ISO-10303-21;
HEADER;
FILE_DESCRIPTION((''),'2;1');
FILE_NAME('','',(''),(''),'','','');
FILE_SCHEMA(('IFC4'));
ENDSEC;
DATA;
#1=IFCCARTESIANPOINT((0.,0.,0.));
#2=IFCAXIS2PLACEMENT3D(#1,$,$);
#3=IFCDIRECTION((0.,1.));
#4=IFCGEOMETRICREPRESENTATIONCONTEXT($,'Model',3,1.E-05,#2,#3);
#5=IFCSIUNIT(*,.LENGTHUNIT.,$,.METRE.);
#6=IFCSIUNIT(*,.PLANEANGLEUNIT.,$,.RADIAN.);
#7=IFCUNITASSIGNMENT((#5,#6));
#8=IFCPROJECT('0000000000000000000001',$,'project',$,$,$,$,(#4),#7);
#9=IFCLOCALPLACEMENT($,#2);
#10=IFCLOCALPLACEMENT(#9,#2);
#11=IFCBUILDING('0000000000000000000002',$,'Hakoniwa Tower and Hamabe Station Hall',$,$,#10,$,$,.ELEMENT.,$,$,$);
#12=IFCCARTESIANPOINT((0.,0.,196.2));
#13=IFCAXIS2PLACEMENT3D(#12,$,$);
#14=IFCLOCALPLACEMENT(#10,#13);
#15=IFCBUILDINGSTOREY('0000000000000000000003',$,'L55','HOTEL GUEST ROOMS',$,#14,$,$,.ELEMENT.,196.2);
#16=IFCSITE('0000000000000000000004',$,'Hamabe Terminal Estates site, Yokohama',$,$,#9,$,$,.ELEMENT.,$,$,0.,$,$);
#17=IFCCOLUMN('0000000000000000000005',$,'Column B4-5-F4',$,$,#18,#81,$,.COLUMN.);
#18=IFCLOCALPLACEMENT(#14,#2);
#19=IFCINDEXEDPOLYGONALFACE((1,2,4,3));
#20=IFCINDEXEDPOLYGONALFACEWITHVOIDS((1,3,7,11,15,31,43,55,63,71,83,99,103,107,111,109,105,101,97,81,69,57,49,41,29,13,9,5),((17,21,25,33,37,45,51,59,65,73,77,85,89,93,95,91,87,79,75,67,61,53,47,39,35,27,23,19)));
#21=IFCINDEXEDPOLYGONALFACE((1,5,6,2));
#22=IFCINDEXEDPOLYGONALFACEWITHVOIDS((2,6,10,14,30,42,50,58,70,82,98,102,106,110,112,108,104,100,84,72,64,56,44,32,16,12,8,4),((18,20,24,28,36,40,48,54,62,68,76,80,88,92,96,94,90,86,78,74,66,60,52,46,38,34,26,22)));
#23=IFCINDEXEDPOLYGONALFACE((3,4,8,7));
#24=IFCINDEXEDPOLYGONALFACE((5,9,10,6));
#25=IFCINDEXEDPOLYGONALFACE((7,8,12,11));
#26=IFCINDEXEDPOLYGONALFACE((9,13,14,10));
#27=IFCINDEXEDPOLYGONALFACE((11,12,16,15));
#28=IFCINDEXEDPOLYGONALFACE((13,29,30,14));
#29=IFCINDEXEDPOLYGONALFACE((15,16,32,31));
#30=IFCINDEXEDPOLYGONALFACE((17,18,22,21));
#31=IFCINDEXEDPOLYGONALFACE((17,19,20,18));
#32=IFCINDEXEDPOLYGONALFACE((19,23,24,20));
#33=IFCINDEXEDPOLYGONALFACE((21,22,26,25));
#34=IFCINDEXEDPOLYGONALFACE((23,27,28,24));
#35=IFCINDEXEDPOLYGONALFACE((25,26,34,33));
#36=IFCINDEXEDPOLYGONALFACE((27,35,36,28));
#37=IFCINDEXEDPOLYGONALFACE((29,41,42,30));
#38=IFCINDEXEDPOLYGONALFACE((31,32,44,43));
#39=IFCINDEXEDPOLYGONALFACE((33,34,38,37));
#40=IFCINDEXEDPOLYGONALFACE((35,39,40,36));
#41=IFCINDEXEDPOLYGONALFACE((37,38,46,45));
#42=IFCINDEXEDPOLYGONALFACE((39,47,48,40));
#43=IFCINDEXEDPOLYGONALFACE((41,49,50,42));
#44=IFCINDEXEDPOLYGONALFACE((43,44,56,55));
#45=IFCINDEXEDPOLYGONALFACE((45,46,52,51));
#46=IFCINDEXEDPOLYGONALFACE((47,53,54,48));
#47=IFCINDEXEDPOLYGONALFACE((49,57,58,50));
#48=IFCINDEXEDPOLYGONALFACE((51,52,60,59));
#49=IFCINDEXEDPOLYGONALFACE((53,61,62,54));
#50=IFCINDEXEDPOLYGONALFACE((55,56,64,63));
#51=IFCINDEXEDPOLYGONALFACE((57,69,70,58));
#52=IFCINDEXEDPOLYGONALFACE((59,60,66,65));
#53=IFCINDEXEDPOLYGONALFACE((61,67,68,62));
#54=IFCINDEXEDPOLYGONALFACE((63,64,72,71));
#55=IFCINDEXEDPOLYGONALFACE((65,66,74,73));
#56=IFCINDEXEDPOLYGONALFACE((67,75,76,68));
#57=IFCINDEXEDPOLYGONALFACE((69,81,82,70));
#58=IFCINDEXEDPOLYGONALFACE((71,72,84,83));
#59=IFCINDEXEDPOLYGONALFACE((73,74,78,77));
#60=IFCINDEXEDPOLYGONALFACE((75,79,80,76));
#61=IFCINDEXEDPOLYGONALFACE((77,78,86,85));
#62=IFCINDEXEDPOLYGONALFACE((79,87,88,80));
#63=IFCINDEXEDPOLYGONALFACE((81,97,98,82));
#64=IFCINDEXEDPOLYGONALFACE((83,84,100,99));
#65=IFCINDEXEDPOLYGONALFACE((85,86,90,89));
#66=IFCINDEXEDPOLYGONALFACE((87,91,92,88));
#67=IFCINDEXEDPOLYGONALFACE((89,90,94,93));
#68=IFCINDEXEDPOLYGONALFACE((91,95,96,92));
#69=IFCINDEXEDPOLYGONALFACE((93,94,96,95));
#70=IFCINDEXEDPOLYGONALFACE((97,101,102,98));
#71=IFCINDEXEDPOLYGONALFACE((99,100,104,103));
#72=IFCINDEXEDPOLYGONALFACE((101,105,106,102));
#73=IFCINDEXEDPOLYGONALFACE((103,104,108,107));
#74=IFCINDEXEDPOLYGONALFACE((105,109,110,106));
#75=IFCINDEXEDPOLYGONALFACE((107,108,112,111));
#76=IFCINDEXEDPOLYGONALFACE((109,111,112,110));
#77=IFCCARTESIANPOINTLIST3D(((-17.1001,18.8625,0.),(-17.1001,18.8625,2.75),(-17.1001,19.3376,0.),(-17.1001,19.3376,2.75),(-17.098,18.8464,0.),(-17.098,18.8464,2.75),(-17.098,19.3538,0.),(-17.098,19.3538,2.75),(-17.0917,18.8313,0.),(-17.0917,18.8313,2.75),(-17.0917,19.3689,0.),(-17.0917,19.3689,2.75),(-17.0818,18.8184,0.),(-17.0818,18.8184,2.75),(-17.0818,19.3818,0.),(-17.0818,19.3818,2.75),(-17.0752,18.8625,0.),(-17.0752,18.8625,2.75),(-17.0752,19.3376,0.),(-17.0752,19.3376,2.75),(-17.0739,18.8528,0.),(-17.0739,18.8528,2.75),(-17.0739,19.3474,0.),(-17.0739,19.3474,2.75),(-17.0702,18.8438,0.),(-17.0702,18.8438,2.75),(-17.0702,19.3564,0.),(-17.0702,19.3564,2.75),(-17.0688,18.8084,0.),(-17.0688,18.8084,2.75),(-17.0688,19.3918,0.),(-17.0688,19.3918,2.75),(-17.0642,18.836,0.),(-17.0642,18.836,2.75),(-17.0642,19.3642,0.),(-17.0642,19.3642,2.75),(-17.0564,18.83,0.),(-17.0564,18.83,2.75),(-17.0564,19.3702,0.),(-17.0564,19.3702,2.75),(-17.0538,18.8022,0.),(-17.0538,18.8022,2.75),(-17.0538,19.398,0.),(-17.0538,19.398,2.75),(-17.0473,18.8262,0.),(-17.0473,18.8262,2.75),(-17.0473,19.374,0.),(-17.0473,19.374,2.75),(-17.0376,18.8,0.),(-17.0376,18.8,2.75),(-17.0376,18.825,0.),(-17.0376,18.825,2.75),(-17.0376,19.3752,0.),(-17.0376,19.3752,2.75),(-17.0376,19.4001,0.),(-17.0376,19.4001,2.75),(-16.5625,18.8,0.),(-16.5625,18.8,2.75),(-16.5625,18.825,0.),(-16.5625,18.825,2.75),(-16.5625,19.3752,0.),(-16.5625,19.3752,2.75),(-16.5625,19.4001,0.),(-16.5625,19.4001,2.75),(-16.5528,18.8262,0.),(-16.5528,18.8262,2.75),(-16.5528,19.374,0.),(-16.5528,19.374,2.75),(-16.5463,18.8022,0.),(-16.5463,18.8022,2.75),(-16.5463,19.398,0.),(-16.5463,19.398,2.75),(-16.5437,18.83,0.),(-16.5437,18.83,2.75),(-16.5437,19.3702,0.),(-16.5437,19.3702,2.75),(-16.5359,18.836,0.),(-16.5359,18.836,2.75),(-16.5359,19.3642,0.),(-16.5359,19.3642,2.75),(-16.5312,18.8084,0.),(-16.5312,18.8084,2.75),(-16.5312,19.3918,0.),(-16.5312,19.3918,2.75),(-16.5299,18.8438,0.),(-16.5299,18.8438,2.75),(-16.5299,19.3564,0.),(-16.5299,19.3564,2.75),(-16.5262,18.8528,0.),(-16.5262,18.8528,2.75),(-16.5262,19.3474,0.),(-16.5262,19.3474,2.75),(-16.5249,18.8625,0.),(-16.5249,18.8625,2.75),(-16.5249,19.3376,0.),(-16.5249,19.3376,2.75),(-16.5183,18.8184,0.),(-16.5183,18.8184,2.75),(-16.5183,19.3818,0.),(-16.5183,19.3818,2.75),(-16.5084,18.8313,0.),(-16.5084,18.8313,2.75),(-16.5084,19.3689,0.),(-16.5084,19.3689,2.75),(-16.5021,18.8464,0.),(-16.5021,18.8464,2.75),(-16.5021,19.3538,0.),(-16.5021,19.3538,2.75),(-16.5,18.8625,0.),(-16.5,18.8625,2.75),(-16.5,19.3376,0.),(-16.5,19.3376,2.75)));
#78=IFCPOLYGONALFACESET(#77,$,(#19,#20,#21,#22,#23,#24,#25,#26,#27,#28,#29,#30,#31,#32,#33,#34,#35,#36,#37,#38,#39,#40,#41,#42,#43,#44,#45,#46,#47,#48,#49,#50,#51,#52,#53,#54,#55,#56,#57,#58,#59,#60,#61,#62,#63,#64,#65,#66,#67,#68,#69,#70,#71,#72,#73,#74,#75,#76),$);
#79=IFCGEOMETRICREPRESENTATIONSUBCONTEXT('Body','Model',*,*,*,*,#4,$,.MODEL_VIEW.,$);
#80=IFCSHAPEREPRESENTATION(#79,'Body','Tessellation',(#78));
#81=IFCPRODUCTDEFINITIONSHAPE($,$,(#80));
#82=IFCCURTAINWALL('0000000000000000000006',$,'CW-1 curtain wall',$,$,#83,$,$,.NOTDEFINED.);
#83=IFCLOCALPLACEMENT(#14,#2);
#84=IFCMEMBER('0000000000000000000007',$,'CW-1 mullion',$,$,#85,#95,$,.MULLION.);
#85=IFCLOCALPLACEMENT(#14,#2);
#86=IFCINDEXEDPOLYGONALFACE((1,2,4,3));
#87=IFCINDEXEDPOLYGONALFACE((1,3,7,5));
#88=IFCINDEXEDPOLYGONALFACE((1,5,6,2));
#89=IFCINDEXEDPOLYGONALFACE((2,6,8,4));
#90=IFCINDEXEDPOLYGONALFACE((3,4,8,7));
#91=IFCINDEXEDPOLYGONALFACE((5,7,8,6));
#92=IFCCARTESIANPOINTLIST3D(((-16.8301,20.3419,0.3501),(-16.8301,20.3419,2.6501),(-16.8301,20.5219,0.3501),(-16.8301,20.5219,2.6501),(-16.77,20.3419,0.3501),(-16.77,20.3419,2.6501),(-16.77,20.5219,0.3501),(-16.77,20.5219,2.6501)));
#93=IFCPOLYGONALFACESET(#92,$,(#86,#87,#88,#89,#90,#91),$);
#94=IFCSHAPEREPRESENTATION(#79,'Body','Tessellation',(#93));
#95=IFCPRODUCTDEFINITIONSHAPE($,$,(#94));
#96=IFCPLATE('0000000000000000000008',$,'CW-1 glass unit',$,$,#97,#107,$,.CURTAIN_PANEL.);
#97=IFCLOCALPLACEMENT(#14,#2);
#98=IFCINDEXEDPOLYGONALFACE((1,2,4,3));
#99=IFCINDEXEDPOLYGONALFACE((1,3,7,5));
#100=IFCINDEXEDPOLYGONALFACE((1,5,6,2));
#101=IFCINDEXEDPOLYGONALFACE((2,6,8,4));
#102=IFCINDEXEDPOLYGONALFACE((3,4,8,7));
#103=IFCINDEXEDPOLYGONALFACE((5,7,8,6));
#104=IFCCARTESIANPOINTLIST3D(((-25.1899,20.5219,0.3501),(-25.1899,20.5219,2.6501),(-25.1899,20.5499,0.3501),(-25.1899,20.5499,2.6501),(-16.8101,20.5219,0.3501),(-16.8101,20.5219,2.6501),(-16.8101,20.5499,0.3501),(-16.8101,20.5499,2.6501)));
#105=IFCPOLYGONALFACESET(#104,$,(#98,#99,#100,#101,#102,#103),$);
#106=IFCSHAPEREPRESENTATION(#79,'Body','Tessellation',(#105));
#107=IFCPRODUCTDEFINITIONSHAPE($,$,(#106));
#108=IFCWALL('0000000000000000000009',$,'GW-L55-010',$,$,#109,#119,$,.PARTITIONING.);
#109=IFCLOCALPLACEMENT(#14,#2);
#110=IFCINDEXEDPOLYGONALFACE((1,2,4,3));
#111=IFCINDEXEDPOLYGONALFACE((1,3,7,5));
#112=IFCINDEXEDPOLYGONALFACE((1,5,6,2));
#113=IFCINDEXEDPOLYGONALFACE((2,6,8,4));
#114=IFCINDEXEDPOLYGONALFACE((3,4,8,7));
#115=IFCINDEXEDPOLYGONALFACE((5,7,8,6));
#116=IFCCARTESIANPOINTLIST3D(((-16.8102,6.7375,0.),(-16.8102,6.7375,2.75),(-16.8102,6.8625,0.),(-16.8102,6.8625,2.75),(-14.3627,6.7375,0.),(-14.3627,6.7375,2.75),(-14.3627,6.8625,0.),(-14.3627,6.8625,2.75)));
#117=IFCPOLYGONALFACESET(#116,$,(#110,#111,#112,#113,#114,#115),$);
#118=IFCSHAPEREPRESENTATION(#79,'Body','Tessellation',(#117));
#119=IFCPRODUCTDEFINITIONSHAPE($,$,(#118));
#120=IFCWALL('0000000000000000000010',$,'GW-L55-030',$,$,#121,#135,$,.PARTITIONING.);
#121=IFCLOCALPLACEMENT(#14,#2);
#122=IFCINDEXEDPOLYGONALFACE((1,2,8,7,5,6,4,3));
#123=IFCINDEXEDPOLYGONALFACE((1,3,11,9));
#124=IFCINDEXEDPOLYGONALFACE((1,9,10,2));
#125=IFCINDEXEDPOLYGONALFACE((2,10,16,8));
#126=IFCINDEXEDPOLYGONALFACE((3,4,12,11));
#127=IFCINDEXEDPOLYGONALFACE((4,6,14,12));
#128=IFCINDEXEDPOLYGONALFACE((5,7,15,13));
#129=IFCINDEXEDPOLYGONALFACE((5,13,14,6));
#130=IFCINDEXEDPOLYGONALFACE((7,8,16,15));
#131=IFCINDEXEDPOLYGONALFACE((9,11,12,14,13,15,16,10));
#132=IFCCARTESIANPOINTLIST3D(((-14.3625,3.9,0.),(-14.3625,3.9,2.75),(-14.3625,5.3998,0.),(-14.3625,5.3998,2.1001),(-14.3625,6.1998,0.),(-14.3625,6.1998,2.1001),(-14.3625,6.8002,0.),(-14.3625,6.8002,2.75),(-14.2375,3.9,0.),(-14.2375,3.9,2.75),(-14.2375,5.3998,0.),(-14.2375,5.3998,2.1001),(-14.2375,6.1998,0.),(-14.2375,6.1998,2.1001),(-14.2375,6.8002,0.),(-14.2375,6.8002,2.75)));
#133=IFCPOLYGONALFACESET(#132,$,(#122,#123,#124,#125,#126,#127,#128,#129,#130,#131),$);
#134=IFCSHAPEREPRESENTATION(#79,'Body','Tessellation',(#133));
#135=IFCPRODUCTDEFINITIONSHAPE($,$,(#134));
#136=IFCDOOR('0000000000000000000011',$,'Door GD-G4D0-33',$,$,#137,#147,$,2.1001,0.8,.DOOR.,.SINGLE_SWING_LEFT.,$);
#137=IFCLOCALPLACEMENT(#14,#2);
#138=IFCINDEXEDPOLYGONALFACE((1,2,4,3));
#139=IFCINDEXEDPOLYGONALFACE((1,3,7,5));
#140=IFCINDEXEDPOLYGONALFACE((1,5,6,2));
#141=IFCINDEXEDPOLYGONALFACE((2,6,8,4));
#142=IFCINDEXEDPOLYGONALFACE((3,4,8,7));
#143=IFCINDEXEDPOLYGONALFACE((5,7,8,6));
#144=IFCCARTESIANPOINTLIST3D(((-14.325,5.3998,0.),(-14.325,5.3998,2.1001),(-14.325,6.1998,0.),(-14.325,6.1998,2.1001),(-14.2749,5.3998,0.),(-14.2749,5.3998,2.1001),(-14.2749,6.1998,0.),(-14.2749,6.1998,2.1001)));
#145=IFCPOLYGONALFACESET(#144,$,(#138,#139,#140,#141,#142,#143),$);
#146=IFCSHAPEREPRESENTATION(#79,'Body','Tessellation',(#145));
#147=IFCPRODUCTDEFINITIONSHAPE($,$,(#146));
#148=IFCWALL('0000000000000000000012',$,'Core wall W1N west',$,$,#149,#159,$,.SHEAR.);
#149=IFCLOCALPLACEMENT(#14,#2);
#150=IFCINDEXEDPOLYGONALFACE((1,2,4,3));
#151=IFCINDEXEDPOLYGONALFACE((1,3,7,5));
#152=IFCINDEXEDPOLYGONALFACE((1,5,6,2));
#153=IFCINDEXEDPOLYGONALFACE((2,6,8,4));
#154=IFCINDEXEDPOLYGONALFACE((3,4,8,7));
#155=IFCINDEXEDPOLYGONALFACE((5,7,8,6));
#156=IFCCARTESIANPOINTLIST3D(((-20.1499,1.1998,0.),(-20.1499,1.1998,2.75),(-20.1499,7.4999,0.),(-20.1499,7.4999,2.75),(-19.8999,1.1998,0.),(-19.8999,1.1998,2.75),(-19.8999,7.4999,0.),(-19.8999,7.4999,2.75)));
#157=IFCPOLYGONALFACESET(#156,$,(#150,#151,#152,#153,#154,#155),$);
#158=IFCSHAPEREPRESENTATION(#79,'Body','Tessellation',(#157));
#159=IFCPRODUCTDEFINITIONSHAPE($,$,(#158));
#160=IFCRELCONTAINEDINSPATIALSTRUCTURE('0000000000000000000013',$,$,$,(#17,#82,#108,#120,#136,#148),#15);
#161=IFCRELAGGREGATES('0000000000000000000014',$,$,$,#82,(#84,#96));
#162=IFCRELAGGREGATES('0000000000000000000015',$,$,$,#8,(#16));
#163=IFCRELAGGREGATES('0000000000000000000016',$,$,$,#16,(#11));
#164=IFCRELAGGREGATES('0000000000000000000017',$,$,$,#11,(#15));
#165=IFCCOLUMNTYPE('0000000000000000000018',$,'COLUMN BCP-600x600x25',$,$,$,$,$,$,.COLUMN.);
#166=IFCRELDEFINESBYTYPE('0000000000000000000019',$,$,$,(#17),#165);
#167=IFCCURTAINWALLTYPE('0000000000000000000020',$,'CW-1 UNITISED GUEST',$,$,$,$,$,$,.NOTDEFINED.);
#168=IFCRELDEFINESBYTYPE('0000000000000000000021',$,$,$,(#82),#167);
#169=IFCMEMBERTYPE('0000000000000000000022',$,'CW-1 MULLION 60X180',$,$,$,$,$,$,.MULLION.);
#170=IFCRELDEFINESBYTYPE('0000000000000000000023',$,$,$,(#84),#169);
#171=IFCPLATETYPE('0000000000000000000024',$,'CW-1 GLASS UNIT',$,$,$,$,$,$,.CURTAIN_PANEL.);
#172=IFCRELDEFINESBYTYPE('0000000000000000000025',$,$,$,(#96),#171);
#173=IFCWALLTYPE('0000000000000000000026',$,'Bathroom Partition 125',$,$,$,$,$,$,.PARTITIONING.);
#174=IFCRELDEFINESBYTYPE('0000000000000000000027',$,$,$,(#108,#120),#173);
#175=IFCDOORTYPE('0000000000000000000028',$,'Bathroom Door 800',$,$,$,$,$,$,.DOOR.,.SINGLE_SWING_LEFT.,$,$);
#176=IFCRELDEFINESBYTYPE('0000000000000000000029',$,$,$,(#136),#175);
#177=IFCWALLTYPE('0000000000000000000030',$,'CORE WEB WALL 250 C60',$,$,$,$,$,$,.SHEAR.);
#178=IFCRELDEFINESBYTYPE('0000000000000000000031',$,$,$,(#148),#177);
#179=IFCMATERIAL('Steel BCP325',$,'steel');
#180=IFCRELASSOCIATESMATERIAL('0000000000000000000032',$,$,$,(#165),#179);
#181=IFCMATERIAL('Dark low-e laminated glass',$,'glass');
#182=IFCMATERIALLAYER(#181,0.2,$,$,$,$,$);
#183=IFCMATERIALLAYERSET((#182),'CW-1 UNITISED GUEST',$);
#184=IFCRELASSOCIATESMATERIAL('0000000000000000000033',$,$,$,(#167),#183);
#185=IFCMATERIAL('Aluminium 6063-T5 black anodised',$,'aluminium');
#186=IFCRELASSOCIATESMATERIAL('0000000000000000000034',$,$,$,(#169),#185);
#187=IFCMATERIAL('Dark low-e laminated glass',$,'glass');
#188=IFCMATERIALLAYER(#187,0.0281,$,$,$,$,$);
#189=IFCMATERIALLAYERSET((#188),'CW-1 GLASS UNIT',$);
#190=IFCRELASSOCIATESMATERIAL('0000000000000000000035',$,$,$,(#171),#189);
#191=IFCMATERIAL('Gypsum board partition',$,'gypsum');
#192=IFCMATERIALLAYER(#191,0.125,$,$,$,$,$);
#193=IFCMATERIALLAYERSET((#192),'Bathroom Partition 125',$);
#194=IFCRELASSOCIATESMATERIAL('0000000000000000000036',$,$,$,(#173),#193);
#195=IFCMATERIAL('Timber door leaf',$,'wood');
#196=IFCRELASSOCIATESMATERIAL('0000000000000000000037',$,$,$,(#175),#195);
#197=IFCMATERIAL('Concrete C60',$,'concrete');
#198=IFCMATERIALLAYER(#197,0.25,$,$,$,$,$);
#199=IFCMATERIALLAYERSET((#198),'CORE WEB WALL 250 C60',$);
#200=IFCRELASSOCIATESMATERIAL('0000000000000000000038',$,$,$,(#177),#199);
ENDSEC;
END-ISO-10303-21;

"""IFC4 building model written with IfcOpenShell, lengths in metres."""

from ifc_helpers import new_model, si_unit, direction, frame, frame_2d, origin, origin_2d, place, context, subcontext, project, spatial, rectangle, hollow_rectangle, extrude, material, layer, layer_set, material_profile, profile_set, type_object, element, fill, aggregate, save


model = new_model("IFC4")

# Units and contexts
model_context = context("Model", 3, precision=1e-05, world=origin(), true_north=direction((0.0, 1.0)))
body_context = subcontext(model_context, "Body", "Model", "MODEL_VIEW")
ifc_project = project(units=[si_unit("LENGTHUNIT", "METRE"), si_unit("PLANEANGLEUNIT", "RADIAN")], contexts=[model_context])

# Site, building, storey
site_placement = place(None, origin())
site = spatial("IfcSite", under=ifc_project, at=site_placement, Name="Hamabe Terminal Estates site, Yokohama", CompositionType="ELEMENT", RefElevation=0.0)
building_placement = place(site_placement, origin())
building = spatial("IfcBuilding", under=site, at=building_placement, Name="Hakoniwa Tower and Hamabe Station Hall", CompositionType="ELEMENT")
storey_placement = place(building_placement, frame((0.0, 0.0, 196.2)))
storey = spatial("IfcBuildingStorey", under=building, at=storey_placement, Name="L55", Description="HOTEL GUEST ROOMS", CompositionType="ELEMENT", Elevation=196.2)

# Column
ifc_material_1 = material(Name="Steel BCP325", Category="steel")
ifc_material_profile_1 = material_profile(ifc_material_1, hollow_rectangle(XDim=0.6001, YDim=0.6001, WallThickness=0.0249, InnerFilletRadius=0.0376, OuterFilletRadius=0.0625, at=origin_2d()), Name="BCP-600x600x25")
ifc_profile_set_1 = profile_set([ifc_material_profile_1], Name="Steel BCP325")
column_type = type_object("IfcColumnType", Name="COLUMN BCP-600x600x25", PredefinedType="COLUMN", material=ifc_profile_set_1)
column_placement = place(storey_placement, frame((-16.8, 19.1001, 0.0), z_axis=(0.0, 0.0, 1.0), x_axis=(1.0, 0.0, 0.0)))
element("IfcColumn", 1, at=column_placement, inside=storey, type_object=column_type, Name="Column B4-5-F4", PredefinedType="COLUMN", context=body_context, shape_type="SweptSolid", body=[
    extrude(hollow_rectangle(XDim=0.6001, YDim=0.6001, WallThickness=0.0249, InnerFilletRadius=0.0376, OuterFilletRadius=0.0625, at=origin_2d()), origin(), (0.0, 0.0, 1.0), 2.75),
])

# Curtain wall, member, plate
ifc_material_2 = material(Name="Dark low-e laminated glass", Category="glass")
ifc_layer_1 = layer(ifc_material_2, 0.2)
ifc_layer_set_1 = layer_set([ifc_layer_1], Name="CW-1 UNITISED GUEST")
curtain_wall_type = type_object("IfcCurtainWallType", Name="CW-1 UNITISED GUEST", PredefinedType="NOTDEFINED", material=ifc_layer_set_1)
curtain_wall_placement = place(storey_placement, origin())
curtain_wall = element("IfcCurtainWall", 2, at=curtain_wall_placement, inside=storey, type_object=curtain_wall_type, Name="CW-1 curtain wall", PredefinedType="NOTDEFINED")
ifc_material_3 = material(Name="Aluminium 6063-T5 black anodised", Category="aluminium")
ifc_material_profile_2 = material_profile(ifc_material_3, rectangle(XDim=0.0601, YDim=0.1799, at=origin_2d()), Name="CW-1 MULLION 60X180")
ifc_profile_set_2 = profile_set([ifc_material_profile_2], Name="Aluminium 6063-T5 black anodised")
member_type = type_object("IfcMemberType", Name="CW-1 MULLION 60X180", PredefinedType="MULLION", material=ifc_profile_set_2)
member_placement = place(storey_placement, frame((-16.8, 20.4319, 0.3501), z_axis=(0.0, 0.0, 1.0), x_axis=(-1.0, 0.0, 0.0)))
member = element("IfcMember", 3, at=member_placement, type_object=member_type, Name="CW-1 mullion", PredefinedType="MULLION", context=body_context, shape_type="SweptSolid", body=[
    extrude(rectangle(XDim=0.0601, YDim=0.1799, at=origin_2d()), origin(), (0.0, 0.0, 1.0), 2.3),
])
ifc_material_4 = material(Name="Dark low-e laminated glass", Category="glass")
ifc_layer_2 = layer(ifc_material_4, 0.0281)
ifc_layer_set_2 = layer_set([ifc_layer_2], Name="CW-1 GLASS UNIT")
plate_type = type_object("IfcPlateType", Name="CW-1 GLASS UNIT", PredefinedType="CURTAIN_PANEL", material=ifc_layer_set_2)
plate_placement = place(storey_placement, frame((-21.0, 20.5359, 0.3501), z_axis=(0.0, 0.0, 1.0), x_axis=(-1.0, 0.0, 0.0)))
plate = element("IfcPlate", 4, at=plate_placement, type_object=plate_type, Name="CW-1 glass unit", PredefinedType="CURTAIN_PANEL", context=body_context, shape_type="SweptSolid", body=[
    extrude(rectangle(XDim=8.3799, YDim=0.0281, at=origin_2d()), origin(), (0.0, 0.0, 1.0), 2.3),
])
aggregate(curtain_wall, [member, plate])

# Wall
ifc_material_5 = material(Name="Gypsum board partition", Category="gypsum")
ifc_layer_3 = layer(ifc_material_5, 0.125)
ifc_layer_set_3 = layer_set([ifc_layer_3], Name="Bathroom Partition 125")
wall_type_1 = type_object("IfcWallType", Name="Bathroom Partition 125", PredefinedType="PARTITIONING", material=ifc_layer_set_3)
wall_1_placement = place(storey_placement, frame((-16.8101, 6.8, 0.0), z_axis=(0.0, 0.0, 1.0), x_axis=(1.0, 0.0, 0.0)))
element("IfcWall", 5, at=wall_1_placement, inside=storey, type_object=wall_type_1, Name="GW-L55-010", PredefinedType="PARTITIONING", context=body_context, shape_type="SweptSolid", body=[
    extrude(rectangle(XDim=2.4475, YDim=0.125, at=frame_2d((1.2236, 0.0))), origin(), (0.0, 0.0, 1.0), 2.75),
])

# Wall, opening, door
wall_2_placement = place(storey_placement, frame((-14.3, 3.8999, 0.0), z_axis=(0.0, 0.0, 1.0), x_axis=(0.0, 1.0, 0.0)))
wall_2 = element("IfcWall", 6, at=wall_2_placement, inside=storey, type_object=wall_type_1, Name="GW-L55-030", PredefinedType="PARTITIONING", context=body_context, shape_type="SweptSolid", body=[
    extrude(rectangle(XDim=2.9001, YDim=0.125, at=frame_2d((1.4502, 0.0))), origin(), (0.0, 0.0, 1.0), 2.75),
])
opening_1_placement = place(wall_2_placement, frame((1.5, 0.0, 0.0)))
opening_1 = element("IfcOpeningElement", 7, at=opening_1_placement, cuts=wall_2, PredefinedType="OPENING", context=body_context, shape_type="SweptSolid", body=[
    extrude(rectangle(XDim=0.8, YDim=2.1001, at=frame_2d((0.3999, 1.05))), frame((0.0, 0.0725, 0.0), z_axis=(0.0, -1.0, 0.0), x_axis=(1.0, 0.0, 0.0)), (0.0, 0.0, 1.0), 0.145),
])
ifc_material_6 = material(Name="Timber door leaf", Category="wood")
door_type_1 = type_object("IfcDoorType", Name="Bathroom Door 800", OperationType="SINGLE_SWING_LEFT", PredefinedType="DOOR", material=ifc_material_6)
door_1_placement = place(opening_1_placement, origin())
door_1 = element("IfcDoor", 8, at=door_1_placement, inside=storey, type_object=door_type_1, Name="Door GD-G4D0-33", OperationType="SINGLE_SWING_LEFT", OverallHeight=2.1001, OverallWidth=0.8, PredefinedType="DOOR", context=body_context, shape_type="SweptSolid", body=[
    extrude(rectangle(XDim=0.8, YDim=2.1001, at=frame_2d((0.3999, 1.05))), frame((0.0, 0.0249, 0.0), z_axis=(0.0, -1.0, 0.0), x_axis=(1.0, 0.0, 0.0)), (0.0, 0.0, 1.0), 0.05),
])
fill(opening_1, door_1)

# Wall
ifc_material_7 = material(Name="Concrete C60", Category="concrete")
ifc_layer_4 = layer(ifc_material_7, 0.25)
ifc_layer_set_4 = layer_set([ifc_layer_4], Name="CORE WEB WALL 250 C60")
wall_type_2 = type_object("IfcWallType", Name="CORE WEB WALL 250 C60", PredefinedType="SHEAR", material=ifc_layer_set_4)
wall_3_placement = place(storey_placement, frame((-20.0249, 1.2, 0.0), z_axis=(0.0, 0.0, 1.0), x_axis=(0.0, 1.0, 0.0)))
element("IfcWall", 9, at=wall_3_placement, inside=storey, type_object=wall_type_2, Name="Core wall W1N west", PredefinedType="SHEAR", context=body_context, shape_type="SweptSolid", body=[
    extrude(rectangle(XDim=6.3, YDim=0.25, at=frame_2d((3.1499, 0.0))), origin(), (0.0, 0.0, 1.0), 2.75),
])

save(model, "model.ifc")
